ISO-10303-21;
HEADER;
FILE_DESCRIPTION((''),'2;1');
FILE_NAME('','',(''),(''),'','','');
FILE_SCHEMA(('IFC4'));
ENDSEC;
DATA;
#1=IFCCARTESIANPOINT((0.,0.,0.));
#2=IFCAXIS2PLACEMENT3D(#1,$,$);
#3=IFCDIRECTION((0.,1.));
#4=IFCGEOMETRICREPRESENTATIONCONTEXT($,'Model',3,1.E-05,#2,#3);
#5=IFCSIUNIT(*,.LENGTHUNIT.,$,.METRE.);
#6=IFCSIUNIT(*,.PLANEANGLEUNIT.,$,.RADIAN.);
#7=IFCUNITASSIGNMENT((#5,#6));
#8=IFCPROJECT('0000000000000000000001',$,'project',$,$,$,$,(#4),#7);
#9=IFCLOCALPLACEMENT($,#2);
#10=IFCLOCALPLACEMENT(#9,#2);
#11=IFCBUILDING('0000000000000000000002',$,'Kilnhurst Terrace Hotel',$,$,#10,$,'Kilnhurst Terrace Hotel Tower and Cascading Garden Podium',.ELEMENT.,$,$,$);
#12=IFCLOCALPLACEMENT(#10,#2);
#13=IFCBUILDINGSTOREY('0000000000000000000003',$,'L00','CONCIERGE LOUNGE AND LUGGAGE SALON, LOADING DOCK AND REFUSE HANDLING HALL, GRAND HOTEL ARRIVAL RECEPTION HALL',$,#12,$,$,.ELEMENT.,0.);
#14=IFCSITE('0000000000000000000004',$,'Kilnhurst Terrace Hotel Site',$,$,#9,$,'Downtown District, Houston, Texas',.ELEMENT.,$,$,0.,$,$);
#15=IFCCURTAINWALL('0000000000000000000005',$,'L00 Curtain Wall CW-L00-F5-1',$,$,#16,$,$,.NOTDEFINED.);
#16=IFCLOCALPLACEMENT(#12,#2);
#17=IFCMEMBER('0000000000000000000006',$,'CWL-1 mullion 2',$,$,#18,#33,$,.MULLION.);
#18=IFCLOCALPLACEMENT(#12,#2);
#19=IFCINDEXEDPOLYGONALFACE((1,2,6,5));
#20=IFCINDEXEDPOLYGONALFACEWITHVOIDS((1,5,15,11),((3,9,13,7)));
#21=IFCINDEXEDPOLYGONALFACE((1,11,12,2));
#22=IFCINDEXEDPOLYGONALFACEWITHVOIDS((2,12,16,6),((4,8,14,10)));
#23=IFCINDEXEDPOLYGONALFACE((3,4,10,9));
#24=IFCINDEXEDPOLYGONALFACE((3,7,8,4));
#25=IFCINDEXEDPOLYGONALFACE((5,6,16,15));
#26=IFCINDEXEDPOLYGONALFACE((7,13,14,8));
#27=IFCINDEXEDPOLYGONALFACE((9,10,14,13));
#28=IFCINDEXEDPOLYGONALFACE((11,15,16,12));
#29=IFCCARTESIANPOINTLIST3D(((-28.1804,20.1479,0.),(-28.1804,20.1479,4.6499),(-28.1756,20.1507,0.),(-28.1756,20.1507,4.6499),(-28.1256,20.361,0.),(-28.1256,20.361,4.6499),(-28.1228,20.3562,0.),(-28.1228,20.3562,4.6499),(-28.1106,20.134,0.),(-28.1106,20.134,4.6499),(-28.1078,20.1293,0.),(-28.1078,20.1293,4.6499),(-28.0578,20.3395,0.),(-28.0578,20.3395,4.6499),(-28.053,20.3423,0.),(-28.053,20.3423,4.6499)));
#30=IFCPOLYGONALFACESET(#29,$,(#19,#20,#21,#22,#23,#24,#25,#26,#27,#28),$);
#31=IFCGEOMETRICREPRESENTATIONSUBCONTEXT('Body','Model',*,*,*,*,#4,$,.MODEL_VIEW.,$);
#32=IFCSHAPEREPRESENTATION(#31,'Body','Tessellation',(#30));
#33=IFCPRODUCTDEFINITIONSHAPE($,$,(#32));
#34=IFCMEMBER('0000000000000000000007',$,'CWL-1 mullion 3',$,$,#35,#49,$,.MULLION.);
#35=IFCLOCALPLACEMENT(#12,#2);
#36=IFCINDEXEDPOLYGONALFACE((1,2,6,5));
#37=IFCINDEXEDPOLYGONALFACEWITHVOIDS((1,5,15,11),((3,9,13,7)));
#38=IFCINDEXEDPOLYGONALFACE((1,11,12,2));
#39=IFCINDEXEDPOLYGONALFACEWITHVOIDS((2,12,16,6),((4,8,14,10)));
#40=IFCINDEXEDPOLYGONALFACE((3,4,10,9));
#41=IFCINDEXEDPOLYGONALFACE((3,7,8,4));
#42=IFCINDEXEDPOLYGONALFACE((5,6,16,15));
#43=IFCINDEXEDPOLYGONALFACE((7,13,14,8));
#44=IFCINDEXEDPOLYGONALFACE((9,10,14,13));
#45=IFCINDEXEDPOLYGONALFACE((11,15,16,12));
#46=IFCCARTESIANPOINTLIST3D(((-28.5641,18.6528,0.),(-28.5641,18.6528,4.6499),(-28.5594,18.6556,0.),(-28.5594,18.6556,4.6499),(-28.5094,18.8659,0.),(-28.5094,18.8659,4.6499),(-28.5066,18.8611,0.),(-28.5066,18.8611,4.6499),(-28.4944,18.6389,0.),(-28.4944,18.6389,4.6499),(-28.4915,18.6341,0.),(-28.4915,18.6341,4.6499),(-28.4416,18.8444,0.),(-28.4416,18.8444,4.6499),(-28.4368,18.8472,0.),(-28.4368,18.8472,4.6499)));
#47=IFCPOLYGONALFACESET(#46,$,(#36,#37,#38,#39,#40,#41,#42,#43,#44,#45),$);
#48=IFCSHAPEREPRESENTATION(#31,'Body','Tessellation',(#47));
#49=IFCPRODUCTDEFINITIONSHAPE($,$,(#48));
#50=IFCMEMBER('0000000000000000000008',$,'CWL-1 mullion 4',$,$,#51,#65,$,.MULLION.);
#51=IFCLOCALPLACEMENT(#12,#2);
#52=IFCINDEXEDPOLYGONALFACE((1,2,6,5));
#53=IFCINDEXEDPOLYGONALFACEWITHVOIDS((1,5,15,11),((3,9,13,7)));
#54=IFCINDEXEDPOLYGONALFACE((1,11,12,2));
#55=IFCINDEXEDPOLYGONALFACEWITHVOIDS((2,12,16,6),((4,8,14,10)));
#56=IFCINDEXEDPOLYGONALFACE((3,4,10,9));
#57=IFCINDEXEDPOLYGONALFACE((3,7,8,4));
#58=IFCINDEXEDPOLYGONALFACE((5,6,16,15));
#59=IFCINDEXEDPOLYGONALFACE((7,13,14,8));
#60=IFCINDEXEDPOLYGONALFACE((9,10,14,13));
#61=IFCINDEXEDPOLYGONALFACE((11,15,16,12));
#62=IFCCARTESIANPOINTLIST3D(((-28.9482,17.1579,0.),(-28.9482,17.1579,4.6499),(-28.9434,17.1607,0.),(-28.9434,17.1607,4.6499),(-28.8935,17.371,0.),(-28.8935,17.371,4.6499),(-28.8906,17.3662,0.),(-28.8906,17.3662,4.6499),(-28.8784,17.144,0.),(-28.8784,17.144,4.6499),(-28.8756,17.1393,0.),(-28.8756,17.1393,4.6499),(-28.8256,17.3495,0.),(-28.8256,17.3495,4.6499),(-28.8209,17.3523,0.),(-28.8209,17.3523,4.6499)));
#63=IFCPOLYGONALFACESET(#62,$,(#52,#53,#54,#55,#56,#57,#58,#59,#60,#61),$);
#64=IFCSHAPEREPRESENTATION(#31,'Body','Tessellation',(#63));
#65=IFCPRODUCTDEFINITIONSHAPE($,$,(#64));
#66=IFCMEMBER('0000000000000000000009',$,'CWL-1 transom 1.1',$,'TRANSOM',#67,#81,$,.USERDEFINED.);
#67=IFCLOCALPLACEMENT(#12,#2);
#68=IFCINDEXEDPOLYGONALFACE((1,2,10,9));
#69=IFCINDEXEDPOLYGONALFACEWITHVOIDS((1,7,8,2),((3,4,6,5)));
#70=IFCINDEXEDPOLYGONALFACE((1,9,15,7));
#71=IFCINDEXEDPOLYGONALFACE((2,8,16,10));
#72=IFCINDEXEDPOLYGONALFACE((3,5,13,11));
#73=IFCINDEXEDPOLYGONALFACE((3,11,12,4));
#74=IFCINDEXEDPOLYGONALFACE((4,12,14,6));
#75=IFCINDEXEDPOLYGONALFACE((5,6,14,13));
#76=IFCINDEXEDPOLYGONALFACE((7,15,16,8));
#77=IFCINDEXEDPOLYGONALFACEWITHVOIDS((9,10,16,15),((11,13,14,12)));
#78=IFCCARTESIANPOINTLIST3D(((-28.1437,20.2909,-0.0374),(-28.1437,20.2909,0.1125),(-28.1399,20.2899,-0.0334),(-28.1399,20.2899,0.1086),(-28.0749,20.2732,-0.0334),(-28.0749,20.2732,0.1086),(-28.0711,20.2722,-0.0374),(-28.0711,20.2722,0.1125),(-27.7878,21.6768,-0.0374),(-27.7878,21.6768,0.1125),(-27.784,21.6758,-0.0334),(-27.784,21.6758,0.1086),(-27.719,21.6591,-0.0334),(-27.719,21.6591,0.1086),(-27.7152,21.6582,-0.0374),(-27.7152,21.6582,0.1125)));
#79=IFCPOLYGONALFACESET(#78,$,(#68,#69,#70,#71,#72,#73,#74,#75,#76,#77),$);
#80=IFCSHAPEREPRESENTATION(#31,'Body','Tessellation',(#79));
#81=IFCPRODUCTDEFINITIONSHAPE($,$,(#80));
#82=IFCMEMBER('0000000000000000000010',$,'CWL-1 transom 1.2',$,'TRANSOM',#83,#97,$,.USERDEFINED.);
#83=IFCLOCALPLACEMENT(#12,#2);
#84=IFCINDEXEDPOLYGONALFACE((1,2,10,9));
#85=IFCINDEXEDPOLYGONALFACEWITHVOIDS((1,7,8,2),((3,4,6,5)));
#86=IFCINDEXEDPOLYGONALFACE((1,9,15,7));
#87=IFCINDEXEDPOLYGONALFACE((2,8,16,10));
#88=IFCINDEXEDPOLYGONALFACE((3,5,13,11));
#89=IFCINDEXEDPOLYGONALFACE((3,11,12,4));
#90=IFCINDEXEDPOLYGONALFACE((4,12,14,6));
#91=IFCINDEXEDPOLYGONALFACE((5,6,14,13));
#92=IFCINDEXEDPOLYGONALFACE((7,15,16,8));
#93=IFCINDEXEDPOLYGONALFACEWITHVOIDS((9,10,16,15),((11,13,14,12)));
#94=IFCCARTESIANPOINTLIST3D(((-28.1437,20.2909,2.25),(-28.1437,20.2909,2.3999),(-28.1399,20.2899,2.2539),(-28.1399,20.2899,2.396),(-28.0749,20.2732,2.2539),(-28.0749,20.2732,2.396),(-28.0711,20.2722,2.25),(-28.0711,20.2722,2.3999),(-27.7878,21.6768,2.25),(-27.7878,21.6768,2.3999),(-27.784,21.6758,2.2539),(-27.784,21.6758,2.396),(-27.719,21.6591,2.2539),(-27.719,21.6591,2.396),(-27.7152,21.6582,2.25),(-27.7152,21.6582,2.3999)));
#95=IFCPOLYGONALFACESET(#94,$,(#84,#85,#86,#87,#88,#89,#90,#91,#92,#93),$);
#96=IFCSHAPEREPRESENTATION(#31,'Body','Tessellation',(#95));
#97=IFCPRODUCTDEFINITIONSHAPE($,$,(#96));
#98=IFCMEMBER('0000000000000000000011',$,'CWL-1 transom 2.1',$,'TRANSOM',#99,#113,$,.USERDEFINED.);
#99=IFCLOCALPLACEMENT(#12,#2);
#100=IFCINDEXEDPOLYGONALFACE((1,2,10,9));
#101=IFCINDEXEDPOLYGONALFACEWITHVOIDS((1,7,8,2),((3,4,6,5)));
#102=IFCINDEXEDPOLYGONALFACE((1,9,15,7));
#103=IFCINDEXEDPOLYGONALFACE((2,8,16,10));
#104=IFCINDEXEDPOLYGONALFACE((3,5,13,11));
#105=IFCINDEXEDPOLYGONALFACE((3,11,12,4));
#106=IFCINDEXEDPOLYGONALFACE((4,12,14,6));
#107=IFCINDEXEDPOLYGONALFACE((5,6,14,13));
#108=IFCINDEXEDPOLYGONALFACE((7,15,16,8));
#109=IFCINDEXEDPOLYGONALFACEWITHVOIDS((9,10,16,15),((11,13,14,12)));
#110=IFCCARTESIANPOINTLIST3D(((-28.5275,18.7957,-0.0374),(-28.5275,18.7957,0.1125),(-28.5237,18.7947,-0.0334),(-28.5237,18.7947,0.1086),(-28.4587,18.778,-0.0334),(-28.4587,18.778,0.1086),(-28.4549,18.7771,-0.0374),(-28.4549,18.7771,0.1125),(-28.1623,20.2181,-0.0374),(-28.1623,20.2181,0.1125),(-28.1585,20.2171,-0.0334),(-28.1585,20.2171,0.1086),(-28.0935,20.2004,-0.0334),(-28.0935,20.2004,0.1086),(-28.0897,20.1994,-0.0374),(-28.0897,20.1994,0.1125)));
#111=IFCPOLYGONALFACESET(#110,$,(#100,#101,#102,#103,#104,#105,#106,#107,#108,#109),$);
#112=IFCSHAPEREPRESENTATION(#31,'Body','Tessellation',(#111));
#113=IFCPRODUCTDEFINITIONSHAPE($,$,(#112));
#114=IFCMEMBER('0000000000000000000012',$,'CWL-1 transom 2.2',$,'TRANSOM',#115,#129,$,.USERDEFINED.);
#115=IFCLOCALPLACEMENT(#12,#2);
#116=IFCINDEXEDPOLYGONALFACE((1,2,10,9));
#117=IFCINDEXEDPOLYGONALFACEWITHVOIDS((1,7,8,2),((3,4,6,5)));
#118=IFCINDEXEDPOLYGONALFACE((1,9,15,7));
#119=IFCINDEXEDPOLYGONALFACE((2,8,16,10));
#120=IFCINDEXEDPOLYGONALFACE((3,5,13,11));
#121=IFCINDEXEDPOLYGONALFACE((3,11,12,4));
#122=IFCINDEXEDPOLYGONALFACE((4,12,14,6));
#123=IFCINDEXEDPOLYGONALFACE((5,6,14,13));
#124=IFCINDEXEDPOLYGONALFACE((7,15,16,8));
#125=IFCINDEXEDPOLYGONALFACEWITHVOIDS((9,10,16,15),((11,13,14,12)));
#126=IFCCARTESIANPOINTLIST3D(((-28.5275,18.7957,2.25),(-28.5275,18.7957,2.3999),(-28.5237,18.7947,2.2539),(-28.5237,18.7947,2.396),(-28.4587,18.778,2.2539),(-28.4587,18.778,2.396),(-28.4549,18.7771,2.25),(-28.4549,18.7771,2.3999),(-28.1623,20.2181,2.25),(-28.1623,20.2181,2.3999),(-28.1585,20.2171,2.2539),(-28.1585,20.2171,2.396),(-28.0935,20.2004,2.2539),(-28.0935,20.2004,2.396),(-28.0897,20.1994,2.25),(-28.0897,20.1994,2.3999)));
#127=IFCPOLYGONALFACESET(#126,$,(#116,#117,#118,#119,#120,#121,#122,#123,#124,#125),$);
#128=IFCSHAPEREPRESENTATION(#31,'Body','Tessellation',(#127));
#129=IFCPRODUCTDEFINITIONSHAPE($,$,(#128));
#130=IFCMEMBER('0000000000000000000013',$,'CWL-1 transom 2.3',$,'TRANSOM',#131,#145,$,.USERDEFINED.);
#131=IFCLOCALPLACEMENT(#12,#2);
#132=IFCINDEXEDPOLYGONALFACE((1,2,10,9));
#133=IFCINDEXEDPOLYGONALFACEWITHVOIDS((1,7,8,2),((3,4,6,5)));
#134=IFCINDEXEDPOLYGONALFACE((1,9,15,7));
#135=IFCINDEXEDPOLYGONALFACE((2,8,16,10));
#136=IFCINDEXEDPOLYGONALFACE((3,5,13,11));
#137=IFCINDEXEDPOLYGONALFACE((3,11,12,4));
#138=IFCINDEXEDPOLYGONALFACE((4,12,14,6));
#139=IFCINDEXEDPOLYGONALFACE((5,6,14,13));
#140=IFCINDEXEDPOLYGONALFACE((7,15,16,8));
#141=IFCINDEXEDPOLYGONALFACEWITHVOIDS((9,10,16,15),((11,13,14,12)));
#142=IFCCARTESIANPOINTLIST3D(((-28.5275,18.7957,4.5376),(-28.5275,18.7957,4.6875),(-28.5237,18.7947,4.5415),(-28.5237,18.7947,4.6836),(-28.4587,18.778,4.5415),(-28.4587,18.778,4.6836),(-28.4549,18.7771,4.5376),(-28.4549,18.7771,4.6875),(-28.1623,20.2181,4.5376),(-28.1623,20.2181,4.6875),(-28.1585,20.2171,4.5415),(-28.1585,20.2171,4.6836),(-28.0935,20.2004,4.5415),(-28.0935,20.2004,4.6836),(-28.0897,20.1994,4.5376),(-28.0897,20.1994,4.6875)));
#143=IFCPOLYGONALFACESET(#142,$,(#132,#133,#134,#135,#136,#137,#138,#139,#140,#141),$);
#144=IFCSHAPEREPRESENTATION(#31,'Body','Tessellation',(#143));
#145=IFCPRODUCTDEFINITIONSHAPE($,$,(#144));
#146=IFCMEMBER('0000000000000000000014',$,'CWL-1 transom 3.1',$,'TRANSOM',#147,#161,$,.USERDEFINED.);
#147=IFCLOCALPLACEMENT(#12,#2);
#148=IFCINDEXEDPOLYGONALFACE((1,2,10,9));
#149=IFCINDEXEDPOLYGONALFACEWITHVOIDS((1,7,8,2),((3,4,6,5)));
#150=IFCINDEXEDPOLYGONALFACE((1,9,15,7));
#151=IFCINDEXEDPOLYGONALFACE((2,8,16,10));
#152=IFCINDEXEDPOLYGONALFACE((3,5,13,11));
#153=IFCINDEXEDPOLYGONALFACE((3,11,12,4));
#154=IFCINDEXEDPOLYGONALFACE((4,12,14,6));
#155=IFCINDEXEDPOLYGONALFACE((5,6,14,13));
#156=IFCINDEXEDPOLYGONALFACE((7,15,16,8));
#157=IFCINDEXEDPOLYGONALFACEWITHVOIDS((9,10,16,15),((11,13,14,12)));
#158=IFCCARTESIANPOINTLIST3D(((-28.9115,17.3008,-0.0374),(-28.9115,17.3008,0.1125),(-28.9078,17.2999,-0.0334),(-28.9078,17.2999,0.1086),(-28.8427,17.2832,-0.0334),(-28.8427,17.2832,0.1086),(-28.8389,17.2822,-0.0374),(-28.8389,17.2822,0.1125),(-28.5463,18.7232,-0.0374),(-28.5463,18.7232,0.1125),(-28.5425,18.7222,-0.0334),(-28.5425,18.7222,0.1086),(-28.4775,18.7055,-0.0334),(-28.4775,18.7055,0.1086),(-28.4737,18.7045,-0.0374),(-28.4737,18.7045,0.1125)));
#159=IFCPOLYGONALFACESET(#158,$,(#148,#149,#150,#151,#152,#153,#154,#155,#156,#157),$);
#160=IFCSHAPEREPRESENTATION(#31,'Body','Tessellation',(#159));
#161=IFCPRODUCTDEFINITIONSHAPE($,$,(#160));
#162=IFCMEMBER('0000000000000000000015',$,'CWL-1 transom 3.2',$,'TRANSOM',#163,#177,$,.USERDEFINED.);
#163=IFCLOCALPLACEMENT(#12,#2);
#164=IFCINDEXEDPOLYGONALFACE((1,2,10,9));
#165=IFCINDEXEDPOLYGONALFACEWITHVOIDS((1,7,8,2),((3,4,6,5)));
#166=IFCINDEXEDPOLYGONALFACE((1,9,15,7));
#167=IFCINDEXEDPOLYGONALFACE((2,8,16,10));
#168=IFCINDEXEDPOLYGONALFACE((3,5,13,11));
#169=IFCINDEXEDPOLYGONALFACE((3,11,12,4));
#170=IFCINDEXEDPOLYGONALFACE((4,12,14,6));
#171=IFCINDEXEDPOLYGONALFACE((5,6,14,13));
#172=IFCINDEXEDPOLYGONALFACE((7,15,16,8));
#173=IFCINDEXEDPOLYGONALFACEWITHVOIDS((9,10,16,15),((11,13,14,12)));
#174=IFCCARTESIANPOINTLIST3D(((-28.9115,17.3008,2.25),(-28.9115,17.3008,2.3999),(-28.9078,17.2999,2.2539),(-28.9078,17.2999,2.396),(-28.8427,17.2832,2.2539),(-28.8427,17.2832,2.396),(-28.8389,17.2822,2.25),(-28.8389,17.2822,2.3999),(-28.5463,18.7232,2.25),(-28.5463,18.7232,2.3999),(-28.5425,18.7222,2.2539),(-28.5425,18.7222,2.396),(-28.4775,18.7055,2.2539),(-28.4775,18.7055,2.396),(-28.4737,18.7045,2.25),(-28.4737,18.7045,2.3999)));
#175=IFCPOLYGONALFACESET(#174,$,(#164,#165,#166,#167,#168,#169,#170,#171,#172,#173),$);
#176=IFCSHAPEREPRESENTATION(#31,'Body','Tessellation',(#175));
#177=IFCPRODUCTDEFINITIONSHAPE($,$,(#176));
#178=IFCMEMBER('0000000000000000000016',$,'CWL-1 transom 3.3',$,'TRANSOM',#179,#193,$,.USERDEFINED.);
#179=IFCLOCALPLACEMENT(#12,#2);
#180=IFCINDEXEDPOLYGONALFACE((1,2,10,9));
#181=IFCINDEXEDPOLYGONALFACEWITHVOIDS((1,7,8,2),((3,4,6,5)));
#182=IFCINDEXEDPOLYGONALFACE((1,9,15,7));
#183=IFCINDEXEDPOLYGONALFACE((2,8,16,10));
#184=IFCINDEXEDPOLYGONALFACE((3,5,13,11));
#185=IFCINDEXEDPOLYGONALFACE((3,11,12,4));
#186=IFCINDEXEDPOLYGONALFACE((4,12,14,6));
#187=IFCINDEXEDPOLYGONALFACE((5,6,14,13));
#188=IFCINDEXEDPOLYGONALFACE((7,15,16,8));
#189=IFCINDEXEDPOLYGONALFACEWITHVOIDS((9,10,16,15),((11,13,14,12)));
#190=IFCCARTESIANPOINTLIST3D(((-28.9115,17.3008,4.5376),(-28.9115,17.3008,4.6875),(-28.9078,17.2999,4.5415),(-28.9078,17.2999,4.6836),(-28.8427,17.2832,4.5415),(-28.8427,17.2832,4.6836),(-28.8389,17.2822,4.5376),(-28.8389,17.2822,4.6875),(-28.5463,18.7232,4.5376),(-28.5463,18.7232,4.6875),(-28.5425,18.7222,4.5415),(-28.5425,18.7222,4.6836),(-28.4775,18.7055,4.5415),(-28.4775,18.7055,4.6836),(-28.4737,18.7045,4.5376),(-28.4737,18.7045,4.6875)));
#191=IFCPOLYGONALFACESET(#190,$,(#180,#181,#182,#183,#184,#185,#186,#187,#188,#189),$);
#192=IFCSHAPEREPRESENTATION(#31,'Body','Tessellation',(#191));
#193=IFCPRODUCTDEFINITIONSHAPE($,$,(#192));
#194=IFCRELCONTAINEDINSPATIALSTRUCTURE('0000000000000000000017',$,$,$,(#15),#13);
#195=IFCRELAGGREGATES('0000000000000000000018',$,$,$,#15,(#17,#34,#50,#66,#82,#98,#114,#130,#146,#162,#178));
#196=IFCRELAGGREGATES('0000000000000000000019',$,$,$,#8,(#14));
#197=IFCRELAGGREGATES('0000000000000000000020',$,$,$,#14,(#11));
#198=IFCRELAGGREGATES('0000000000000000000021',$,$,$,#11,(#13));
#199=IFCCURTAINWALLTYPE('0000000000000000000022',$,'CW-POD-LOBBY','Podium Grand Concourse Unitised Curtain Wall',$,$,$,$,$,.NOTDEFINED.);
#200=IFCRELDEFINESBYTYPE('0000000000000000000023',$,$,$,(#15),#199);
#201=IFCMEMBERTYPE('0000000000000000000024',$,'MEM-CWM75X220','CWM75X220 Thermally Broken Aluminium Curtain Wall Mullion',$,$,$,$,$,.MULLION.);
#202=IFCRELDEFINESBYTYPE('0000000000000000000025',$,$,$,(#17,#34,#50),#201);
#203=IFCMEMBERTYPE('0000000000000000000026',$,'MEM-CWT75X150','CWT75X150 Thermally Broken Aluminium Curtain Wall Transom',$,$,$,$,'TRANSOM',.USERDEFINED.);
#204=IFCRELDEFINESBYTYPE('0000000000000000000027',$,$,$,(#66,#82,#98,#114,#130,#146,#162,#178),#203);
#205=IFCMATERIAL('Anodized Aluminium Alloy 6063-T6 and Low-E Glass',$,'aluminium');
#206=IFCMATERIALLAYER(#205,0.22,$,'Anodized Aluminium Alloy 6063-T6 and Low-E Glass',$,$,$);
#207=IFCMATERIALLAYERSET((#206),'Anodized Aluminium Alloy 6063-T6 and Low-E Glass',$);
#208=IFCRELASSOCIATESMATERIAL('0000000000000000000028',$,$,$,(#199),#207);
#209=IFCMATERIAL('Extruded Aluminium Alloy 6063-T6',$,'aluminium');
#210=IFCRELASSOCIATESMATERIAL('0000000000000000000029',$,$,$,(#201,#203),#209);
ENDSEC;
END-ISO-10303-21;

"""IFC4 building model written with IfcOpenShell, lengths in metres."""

from ifc_helpers import new_model, si_unit, direction, frame, origin, origin_2d, place, context, subcontext, project, spatial, hollow_rectangle, extrude, material, layer, layer_set, material_profile, profile_set, type_object, element, aggregate, save


model = new_model("IFC4")

# Units and contexts
model_context = context("Model", 3, precision=1e-05, world=origin(), true_north=direction((0.0, 1.0)))
body_context = subcontext(model_context, "Body", "Model", "MODEL_VIEW")
ifc_project = project(units=[si_unit("LENGTHUNIT", "METRE"), si_unit("PLANEANGLEUNIT", "RADIAN")], contexts=[model_context])

# Site, building, storey
site_placement = place(None, origin())
site = spatial("IfcSite", under=ifc_project, at=site_placement, Name="Kilnhurst Terrace Hotel Site", LongName="Downtown District, Houston, Texas", CompositionType="ELEMENT", RefElevation=0.0)
building_placement = place(site_placement, origin())
building = spatial("IfcBuilding", under=site, at=building_placement, Name="Kilnhurst Terrace Hotel", LongName="Kilnhurst Terrace Hotel Tower and Cascading Garden Podium", CompositionType="ELEMENT")
storey_placement = place(building_placement, origin())
storey = spatial("IfcBuildingStorey", under=building, at=storey_placement, Name="L00", Description="CONCIERGE LOUNGE AND LUGGAGE SALON, LOADING DOCK AND REFUSE HANDLING HALL, GRAND HOTEL ARRIVAL RECEPTION HALL", CompositionType="ELEMENT", Elevation=0.0)

# Curtain wall, members
ifc_material_1 = material(Name="Anodized Aluminium Alloy 6063-T6 and Low-E Glass", Category="aluminium")
ifc_layer_1 = layer(ifc_material_1, 0.22, Name="Anodized Aluminium Alloy 6063-T6 and Low-E Glass")
ifc_layer_set_1 = layer_set([ifc_layer_1], Name="Anodized Aluminium Alloy 6063-T6 and Low-E Glass")
curtain_wall_type = type_object("IfcCurtainWallType", Name="CW-POD-LOBBY", Description="Podium Grand Concourse Unitised Curtain Wall", PredefinedType="NOTDEFINED", material=ifc_layer_set_1)
curtain_wall_placement = place(storey_placement, origin())
curtain_wall = element("IfcCurtainWall", 1, at=curtain_wall_placement, inside=storey, type_object=curtain_wall_type, Name="L00 Curtain Wall CW-L00-F5-1", PredefinedType="NOTDEFINED")
ifc_material_2 = material(Name="Extruded Aluminium Alloy 6063-T6", Category="aluminium")
ifc_material_profile_1 = material_profile(ifc_material_2, hollow_rectangle(XDim=0.075, YDim=0.22, WallThickness=0.0039, at=origin_2d()), Name="CWM75X220")
ifc_profile_set_1 = profile_set([ifc_material_profile_1], Name="Extruded Aluminium Alloy 6063-T6")
member_type_1 = type_object("IfcMemberType", Name="MEM-CWM75X220", Description="CWM75X220 Thermally Broken Aluminium Curtain Wall Mullion", PredefinedType="MULLION", material=ifc_profile_set_1)
member_1_placement = place(storey_placement, frame((-28.1167, 20.2451, 0.0), z_axis=(0.0, 0.0, 1.0), x_axis=(0.96857, -0.24874, 0.0)))
member_1 = element("IfcMember", 2, at=member_1_placement, type_object=member_type_1, Name="CWL-1 mullion 2", PredefinedType="MULLION", context=body_context, shape_type="SweptSolid", body=[
    extrude(hollow_rectangle(XDim=0.075, YDim=0.22, WallThickness=0.0039, at=origin_2d()), origin(), (0.0, 0.0, 1.0), 4.6499),
])
member_2_placement = place(storey_placement, frame((-28.5005, 18.75, 0.0), z_axis=(0.0, 0.0, 1.0), x_axis=(0.96857, -0.24874, 0.0)))
member_2 = element("IfcMember", 3, at=member_2_placement, type_object=member_type_1, Name="CWL-1 mullion 3", PredefinedType="MULLION", context=body_context, shape_type="SweptSolid", body=[
    extrude(hollow_rectangle(XDim=0.075, YDim=0.22, WallThickness=0.0039, at=origin_2d()), origin(), (0.0, 0.0, 1.0), 4.6499),
])
member_3_placement = place(storey_placement, frame((-28.8845, 17.2551, 0.0), z_axis=(0.0, 0.0, 1.0), x_axis=(0.96857, -0.24874, 0.0)))
member_3 = element("IfcMember", 4, at=member_3_placement, type_object=member_type_1, Name="CWL-1 mullion 4", PredefinedType="MULLION", context=body_context, shape_type="SweptSolid", body=[
    extrude(hollow_rectangle(XDim=0.075, YDim=0.22, WallThickness=0.0039, at=origin_2d()), origin(), (0.0, 0.0, 1.0), 4.6499),
])
ifc_material_profile_2 = material_profile(ifc_material_2, hollow_rectangle(XDim=0.075, YDim=0.1499, WallThickness=0.0039, at=origin_2d()), Name="CWT75X150")
ifc_profile_set_2 = profile_set([ifc_material_profile_2], Name="Extruded Aluminium Alloy 6063-T6")
member_type_2 = type_object("IfcMemberType", Name="MEM-CWT75X150", Description="CWT75X150 Thermally Broken Aluminium Curtain Wall Transom", ElementType="TRANSOM", PredefinedType="USERDEFINED", material=ifc_profile_set_2)
member_4_placement = place(storey_placement, frame((-27.7515, 21.6675, 0.0376), z_axis=(-0.248753, -0.968567, 0.0), x_axis=(0.968567, -0.248753, 0.0)))
member_4 = element("IfcMember", 5, at=member_4_placement, type_object=member_type_2, Name="CWL-1 transom 1.1", ObjectType="TRANSOM", PredefinedType="USERDEFINED", context=body_context, shape_type="SweptSolid", body=[
    extrude(hollow_rectangle(XDim=0.075, YDim=0.1499, WallThickness=0.0039, at=origin_2d()), origin(), (0.0, 0.0, 1.0), 1.4309),
])
member_5_placement = place(storey_placement, frame((-27.7515, 21.6675, 2.325), z_axis=(-0.248753, -0.968567, 0.0), x_axis=(0.968567, -0.248753, 0.0)))
member_5 = element("IfcMember", 6, at=member_5_placement, type_object=member_type_2, Name="CWL-1 transom 1.2", ObjectType="TRANSOM", PredefinedType="USERDEFINED", context=body_context, shape_type="SweptSolid", body=[
    extrude(hollow_rectangle(XDim=0.075, YDim=0.1499, WallThickness=0.0039, at=origin_2d()), origin(), (0.0, 0.0, 1.0), 1.4309),
])
member_6_placement = place(storey_placement, frame((-28.126, 20.2087, 0.0376), z_axis=(-0.248711, -0.968578, 0.0), x_axis=(0.968578, -0.248711, 0.0)))
member_6 = element("IfcMember", 7, at=member_6_placement, type_object=member_type_2, Name="CWL-1 transom 2.1", ObjectType="TRANSOM", PredefinedType="USERDEFINED", context=body_context, shape_type="SweptSolid", body=[
    extrude(hollow_rectangle(XDim=0.075, YDim=0.1499, WallThickness=0.0039, at=origin_2d()), origin(), (0.0, 0.0, 1.0), 1.4685),
])
member_7_placement = place(storey_placement, frame((-28.126, 20.2087, 2.325), z_axis=(-0.248711, -0.968578, 0.0), x_axis=(0.968578, -0.248711, 0.0)))
member_7 = element("IfcMember", 8, at=member_7_placement, type_object=member_type_2, Name="CWL-1 transom 2.2", ObjectType="TRANSOM", PredefinedType="USERDEFINED", context=body_context, shape_type="SweptSolid", body=[
    extrude(hollow_rectangle(XDim=0.075, YDim=0.1499, WallThickness=0.0039, at=origin_2d()), origin(), (0.0, 0.0, 1.0), 1.4685),
])
member_8_placement = place(storey_placement, frame((-28.126, 20.2087, 4.6125), z_axis=(-0.248711, -0.968578, 0.0), x_axis=(0.968578, -0.248711, 0.0)))
member_8 = element("IfcMember", 9, at=member_8_placement, type_object=member_type_2, Name="CWL-1 transom 2.3", ObjectType="TRANSOM", PredefinedType="USERDEFINED", context=body_context, shape_type="SweptSolid", body=[
    extrude(hollow_rectangle(XDim=0.075, YDim=0.1499, WallThickness=0.0039, at=origin_2d()), origin(), (0.0, 0.0, 1.0), 1.4685),
])
member_9_placement = place(storey_placement, frame((-28.51, 18.7139, 0.0376), z_axis=(-0.248711, -0.968578, 0.0), x_axis=(0.968578, -0.248711, 0.0)))
member_9 = element("IfcMember", 10, at=member_9_placement, type_object=member_type_2, Name="CWL-1 transom 3.1", ObjectType="TRANSOM", PredefinedType="USERDEFINED", context=body_context, shape_type="SweptSolid", body=[
    extrude(hollow_rectangle(XDim=0.075, YDim=0.1499, WallThickness=0.0039, at=origin_2d()), origin(), (0.0, 0.0, 1.0), 1.4685),
])
member_10_placement = place(storey_placement, frame((-28.51, 18.7139, 2.325), z_axis=(-0.248711, -0.968578, 0.0), x_axis=(0.968578, -0.248711, 0.0)))
member_10 = element("IfcMember", 11, at=member_10_placement, type_object=member_type_2, Name="CWL-1 transom 3.2", ObjectType="TRANSOM", PredefinedType="USERDEFINED", context=body_context, shape_type="SweptSolid", body=[
    extrude(hollow_rectangle(XDim=0.075, YDim=0.1499, WallThickness=0.0039, at=origin_2d()), origin(), (0.0, 0.0, 1.0), 1.4685),
])
member_11_placement = place(storey_placement, frame((-28.51, 18.7139, 4.6125), z_axis=(-0.248711, -0.968578, 0.0), x_axis=(0.968578, -0.248711, 0.0)))
member_11 = element("IfcMember", 12, at=member_11_placement, type_object=member_type_2, Name="CWL-1 transom 3.3", ObjectType="TRANSOM", PredefinedType="USERDEFINED", context=body_context, shape_type="SweptSolid", body=[
    extrude(hollow_rectangle(XDim=0.075, YDim=0.1499, WallThickness=0.0039, at=origin_2d()), origin(), (0.0, 0.0, 1.0), 1.4685),
])
aggregate(curtain_wall, [member_1, member_2, member_3, member_4, member_5, member_6, member_7, member_8, member_9, member_10, member_11])

save(model, "model.ifc")
